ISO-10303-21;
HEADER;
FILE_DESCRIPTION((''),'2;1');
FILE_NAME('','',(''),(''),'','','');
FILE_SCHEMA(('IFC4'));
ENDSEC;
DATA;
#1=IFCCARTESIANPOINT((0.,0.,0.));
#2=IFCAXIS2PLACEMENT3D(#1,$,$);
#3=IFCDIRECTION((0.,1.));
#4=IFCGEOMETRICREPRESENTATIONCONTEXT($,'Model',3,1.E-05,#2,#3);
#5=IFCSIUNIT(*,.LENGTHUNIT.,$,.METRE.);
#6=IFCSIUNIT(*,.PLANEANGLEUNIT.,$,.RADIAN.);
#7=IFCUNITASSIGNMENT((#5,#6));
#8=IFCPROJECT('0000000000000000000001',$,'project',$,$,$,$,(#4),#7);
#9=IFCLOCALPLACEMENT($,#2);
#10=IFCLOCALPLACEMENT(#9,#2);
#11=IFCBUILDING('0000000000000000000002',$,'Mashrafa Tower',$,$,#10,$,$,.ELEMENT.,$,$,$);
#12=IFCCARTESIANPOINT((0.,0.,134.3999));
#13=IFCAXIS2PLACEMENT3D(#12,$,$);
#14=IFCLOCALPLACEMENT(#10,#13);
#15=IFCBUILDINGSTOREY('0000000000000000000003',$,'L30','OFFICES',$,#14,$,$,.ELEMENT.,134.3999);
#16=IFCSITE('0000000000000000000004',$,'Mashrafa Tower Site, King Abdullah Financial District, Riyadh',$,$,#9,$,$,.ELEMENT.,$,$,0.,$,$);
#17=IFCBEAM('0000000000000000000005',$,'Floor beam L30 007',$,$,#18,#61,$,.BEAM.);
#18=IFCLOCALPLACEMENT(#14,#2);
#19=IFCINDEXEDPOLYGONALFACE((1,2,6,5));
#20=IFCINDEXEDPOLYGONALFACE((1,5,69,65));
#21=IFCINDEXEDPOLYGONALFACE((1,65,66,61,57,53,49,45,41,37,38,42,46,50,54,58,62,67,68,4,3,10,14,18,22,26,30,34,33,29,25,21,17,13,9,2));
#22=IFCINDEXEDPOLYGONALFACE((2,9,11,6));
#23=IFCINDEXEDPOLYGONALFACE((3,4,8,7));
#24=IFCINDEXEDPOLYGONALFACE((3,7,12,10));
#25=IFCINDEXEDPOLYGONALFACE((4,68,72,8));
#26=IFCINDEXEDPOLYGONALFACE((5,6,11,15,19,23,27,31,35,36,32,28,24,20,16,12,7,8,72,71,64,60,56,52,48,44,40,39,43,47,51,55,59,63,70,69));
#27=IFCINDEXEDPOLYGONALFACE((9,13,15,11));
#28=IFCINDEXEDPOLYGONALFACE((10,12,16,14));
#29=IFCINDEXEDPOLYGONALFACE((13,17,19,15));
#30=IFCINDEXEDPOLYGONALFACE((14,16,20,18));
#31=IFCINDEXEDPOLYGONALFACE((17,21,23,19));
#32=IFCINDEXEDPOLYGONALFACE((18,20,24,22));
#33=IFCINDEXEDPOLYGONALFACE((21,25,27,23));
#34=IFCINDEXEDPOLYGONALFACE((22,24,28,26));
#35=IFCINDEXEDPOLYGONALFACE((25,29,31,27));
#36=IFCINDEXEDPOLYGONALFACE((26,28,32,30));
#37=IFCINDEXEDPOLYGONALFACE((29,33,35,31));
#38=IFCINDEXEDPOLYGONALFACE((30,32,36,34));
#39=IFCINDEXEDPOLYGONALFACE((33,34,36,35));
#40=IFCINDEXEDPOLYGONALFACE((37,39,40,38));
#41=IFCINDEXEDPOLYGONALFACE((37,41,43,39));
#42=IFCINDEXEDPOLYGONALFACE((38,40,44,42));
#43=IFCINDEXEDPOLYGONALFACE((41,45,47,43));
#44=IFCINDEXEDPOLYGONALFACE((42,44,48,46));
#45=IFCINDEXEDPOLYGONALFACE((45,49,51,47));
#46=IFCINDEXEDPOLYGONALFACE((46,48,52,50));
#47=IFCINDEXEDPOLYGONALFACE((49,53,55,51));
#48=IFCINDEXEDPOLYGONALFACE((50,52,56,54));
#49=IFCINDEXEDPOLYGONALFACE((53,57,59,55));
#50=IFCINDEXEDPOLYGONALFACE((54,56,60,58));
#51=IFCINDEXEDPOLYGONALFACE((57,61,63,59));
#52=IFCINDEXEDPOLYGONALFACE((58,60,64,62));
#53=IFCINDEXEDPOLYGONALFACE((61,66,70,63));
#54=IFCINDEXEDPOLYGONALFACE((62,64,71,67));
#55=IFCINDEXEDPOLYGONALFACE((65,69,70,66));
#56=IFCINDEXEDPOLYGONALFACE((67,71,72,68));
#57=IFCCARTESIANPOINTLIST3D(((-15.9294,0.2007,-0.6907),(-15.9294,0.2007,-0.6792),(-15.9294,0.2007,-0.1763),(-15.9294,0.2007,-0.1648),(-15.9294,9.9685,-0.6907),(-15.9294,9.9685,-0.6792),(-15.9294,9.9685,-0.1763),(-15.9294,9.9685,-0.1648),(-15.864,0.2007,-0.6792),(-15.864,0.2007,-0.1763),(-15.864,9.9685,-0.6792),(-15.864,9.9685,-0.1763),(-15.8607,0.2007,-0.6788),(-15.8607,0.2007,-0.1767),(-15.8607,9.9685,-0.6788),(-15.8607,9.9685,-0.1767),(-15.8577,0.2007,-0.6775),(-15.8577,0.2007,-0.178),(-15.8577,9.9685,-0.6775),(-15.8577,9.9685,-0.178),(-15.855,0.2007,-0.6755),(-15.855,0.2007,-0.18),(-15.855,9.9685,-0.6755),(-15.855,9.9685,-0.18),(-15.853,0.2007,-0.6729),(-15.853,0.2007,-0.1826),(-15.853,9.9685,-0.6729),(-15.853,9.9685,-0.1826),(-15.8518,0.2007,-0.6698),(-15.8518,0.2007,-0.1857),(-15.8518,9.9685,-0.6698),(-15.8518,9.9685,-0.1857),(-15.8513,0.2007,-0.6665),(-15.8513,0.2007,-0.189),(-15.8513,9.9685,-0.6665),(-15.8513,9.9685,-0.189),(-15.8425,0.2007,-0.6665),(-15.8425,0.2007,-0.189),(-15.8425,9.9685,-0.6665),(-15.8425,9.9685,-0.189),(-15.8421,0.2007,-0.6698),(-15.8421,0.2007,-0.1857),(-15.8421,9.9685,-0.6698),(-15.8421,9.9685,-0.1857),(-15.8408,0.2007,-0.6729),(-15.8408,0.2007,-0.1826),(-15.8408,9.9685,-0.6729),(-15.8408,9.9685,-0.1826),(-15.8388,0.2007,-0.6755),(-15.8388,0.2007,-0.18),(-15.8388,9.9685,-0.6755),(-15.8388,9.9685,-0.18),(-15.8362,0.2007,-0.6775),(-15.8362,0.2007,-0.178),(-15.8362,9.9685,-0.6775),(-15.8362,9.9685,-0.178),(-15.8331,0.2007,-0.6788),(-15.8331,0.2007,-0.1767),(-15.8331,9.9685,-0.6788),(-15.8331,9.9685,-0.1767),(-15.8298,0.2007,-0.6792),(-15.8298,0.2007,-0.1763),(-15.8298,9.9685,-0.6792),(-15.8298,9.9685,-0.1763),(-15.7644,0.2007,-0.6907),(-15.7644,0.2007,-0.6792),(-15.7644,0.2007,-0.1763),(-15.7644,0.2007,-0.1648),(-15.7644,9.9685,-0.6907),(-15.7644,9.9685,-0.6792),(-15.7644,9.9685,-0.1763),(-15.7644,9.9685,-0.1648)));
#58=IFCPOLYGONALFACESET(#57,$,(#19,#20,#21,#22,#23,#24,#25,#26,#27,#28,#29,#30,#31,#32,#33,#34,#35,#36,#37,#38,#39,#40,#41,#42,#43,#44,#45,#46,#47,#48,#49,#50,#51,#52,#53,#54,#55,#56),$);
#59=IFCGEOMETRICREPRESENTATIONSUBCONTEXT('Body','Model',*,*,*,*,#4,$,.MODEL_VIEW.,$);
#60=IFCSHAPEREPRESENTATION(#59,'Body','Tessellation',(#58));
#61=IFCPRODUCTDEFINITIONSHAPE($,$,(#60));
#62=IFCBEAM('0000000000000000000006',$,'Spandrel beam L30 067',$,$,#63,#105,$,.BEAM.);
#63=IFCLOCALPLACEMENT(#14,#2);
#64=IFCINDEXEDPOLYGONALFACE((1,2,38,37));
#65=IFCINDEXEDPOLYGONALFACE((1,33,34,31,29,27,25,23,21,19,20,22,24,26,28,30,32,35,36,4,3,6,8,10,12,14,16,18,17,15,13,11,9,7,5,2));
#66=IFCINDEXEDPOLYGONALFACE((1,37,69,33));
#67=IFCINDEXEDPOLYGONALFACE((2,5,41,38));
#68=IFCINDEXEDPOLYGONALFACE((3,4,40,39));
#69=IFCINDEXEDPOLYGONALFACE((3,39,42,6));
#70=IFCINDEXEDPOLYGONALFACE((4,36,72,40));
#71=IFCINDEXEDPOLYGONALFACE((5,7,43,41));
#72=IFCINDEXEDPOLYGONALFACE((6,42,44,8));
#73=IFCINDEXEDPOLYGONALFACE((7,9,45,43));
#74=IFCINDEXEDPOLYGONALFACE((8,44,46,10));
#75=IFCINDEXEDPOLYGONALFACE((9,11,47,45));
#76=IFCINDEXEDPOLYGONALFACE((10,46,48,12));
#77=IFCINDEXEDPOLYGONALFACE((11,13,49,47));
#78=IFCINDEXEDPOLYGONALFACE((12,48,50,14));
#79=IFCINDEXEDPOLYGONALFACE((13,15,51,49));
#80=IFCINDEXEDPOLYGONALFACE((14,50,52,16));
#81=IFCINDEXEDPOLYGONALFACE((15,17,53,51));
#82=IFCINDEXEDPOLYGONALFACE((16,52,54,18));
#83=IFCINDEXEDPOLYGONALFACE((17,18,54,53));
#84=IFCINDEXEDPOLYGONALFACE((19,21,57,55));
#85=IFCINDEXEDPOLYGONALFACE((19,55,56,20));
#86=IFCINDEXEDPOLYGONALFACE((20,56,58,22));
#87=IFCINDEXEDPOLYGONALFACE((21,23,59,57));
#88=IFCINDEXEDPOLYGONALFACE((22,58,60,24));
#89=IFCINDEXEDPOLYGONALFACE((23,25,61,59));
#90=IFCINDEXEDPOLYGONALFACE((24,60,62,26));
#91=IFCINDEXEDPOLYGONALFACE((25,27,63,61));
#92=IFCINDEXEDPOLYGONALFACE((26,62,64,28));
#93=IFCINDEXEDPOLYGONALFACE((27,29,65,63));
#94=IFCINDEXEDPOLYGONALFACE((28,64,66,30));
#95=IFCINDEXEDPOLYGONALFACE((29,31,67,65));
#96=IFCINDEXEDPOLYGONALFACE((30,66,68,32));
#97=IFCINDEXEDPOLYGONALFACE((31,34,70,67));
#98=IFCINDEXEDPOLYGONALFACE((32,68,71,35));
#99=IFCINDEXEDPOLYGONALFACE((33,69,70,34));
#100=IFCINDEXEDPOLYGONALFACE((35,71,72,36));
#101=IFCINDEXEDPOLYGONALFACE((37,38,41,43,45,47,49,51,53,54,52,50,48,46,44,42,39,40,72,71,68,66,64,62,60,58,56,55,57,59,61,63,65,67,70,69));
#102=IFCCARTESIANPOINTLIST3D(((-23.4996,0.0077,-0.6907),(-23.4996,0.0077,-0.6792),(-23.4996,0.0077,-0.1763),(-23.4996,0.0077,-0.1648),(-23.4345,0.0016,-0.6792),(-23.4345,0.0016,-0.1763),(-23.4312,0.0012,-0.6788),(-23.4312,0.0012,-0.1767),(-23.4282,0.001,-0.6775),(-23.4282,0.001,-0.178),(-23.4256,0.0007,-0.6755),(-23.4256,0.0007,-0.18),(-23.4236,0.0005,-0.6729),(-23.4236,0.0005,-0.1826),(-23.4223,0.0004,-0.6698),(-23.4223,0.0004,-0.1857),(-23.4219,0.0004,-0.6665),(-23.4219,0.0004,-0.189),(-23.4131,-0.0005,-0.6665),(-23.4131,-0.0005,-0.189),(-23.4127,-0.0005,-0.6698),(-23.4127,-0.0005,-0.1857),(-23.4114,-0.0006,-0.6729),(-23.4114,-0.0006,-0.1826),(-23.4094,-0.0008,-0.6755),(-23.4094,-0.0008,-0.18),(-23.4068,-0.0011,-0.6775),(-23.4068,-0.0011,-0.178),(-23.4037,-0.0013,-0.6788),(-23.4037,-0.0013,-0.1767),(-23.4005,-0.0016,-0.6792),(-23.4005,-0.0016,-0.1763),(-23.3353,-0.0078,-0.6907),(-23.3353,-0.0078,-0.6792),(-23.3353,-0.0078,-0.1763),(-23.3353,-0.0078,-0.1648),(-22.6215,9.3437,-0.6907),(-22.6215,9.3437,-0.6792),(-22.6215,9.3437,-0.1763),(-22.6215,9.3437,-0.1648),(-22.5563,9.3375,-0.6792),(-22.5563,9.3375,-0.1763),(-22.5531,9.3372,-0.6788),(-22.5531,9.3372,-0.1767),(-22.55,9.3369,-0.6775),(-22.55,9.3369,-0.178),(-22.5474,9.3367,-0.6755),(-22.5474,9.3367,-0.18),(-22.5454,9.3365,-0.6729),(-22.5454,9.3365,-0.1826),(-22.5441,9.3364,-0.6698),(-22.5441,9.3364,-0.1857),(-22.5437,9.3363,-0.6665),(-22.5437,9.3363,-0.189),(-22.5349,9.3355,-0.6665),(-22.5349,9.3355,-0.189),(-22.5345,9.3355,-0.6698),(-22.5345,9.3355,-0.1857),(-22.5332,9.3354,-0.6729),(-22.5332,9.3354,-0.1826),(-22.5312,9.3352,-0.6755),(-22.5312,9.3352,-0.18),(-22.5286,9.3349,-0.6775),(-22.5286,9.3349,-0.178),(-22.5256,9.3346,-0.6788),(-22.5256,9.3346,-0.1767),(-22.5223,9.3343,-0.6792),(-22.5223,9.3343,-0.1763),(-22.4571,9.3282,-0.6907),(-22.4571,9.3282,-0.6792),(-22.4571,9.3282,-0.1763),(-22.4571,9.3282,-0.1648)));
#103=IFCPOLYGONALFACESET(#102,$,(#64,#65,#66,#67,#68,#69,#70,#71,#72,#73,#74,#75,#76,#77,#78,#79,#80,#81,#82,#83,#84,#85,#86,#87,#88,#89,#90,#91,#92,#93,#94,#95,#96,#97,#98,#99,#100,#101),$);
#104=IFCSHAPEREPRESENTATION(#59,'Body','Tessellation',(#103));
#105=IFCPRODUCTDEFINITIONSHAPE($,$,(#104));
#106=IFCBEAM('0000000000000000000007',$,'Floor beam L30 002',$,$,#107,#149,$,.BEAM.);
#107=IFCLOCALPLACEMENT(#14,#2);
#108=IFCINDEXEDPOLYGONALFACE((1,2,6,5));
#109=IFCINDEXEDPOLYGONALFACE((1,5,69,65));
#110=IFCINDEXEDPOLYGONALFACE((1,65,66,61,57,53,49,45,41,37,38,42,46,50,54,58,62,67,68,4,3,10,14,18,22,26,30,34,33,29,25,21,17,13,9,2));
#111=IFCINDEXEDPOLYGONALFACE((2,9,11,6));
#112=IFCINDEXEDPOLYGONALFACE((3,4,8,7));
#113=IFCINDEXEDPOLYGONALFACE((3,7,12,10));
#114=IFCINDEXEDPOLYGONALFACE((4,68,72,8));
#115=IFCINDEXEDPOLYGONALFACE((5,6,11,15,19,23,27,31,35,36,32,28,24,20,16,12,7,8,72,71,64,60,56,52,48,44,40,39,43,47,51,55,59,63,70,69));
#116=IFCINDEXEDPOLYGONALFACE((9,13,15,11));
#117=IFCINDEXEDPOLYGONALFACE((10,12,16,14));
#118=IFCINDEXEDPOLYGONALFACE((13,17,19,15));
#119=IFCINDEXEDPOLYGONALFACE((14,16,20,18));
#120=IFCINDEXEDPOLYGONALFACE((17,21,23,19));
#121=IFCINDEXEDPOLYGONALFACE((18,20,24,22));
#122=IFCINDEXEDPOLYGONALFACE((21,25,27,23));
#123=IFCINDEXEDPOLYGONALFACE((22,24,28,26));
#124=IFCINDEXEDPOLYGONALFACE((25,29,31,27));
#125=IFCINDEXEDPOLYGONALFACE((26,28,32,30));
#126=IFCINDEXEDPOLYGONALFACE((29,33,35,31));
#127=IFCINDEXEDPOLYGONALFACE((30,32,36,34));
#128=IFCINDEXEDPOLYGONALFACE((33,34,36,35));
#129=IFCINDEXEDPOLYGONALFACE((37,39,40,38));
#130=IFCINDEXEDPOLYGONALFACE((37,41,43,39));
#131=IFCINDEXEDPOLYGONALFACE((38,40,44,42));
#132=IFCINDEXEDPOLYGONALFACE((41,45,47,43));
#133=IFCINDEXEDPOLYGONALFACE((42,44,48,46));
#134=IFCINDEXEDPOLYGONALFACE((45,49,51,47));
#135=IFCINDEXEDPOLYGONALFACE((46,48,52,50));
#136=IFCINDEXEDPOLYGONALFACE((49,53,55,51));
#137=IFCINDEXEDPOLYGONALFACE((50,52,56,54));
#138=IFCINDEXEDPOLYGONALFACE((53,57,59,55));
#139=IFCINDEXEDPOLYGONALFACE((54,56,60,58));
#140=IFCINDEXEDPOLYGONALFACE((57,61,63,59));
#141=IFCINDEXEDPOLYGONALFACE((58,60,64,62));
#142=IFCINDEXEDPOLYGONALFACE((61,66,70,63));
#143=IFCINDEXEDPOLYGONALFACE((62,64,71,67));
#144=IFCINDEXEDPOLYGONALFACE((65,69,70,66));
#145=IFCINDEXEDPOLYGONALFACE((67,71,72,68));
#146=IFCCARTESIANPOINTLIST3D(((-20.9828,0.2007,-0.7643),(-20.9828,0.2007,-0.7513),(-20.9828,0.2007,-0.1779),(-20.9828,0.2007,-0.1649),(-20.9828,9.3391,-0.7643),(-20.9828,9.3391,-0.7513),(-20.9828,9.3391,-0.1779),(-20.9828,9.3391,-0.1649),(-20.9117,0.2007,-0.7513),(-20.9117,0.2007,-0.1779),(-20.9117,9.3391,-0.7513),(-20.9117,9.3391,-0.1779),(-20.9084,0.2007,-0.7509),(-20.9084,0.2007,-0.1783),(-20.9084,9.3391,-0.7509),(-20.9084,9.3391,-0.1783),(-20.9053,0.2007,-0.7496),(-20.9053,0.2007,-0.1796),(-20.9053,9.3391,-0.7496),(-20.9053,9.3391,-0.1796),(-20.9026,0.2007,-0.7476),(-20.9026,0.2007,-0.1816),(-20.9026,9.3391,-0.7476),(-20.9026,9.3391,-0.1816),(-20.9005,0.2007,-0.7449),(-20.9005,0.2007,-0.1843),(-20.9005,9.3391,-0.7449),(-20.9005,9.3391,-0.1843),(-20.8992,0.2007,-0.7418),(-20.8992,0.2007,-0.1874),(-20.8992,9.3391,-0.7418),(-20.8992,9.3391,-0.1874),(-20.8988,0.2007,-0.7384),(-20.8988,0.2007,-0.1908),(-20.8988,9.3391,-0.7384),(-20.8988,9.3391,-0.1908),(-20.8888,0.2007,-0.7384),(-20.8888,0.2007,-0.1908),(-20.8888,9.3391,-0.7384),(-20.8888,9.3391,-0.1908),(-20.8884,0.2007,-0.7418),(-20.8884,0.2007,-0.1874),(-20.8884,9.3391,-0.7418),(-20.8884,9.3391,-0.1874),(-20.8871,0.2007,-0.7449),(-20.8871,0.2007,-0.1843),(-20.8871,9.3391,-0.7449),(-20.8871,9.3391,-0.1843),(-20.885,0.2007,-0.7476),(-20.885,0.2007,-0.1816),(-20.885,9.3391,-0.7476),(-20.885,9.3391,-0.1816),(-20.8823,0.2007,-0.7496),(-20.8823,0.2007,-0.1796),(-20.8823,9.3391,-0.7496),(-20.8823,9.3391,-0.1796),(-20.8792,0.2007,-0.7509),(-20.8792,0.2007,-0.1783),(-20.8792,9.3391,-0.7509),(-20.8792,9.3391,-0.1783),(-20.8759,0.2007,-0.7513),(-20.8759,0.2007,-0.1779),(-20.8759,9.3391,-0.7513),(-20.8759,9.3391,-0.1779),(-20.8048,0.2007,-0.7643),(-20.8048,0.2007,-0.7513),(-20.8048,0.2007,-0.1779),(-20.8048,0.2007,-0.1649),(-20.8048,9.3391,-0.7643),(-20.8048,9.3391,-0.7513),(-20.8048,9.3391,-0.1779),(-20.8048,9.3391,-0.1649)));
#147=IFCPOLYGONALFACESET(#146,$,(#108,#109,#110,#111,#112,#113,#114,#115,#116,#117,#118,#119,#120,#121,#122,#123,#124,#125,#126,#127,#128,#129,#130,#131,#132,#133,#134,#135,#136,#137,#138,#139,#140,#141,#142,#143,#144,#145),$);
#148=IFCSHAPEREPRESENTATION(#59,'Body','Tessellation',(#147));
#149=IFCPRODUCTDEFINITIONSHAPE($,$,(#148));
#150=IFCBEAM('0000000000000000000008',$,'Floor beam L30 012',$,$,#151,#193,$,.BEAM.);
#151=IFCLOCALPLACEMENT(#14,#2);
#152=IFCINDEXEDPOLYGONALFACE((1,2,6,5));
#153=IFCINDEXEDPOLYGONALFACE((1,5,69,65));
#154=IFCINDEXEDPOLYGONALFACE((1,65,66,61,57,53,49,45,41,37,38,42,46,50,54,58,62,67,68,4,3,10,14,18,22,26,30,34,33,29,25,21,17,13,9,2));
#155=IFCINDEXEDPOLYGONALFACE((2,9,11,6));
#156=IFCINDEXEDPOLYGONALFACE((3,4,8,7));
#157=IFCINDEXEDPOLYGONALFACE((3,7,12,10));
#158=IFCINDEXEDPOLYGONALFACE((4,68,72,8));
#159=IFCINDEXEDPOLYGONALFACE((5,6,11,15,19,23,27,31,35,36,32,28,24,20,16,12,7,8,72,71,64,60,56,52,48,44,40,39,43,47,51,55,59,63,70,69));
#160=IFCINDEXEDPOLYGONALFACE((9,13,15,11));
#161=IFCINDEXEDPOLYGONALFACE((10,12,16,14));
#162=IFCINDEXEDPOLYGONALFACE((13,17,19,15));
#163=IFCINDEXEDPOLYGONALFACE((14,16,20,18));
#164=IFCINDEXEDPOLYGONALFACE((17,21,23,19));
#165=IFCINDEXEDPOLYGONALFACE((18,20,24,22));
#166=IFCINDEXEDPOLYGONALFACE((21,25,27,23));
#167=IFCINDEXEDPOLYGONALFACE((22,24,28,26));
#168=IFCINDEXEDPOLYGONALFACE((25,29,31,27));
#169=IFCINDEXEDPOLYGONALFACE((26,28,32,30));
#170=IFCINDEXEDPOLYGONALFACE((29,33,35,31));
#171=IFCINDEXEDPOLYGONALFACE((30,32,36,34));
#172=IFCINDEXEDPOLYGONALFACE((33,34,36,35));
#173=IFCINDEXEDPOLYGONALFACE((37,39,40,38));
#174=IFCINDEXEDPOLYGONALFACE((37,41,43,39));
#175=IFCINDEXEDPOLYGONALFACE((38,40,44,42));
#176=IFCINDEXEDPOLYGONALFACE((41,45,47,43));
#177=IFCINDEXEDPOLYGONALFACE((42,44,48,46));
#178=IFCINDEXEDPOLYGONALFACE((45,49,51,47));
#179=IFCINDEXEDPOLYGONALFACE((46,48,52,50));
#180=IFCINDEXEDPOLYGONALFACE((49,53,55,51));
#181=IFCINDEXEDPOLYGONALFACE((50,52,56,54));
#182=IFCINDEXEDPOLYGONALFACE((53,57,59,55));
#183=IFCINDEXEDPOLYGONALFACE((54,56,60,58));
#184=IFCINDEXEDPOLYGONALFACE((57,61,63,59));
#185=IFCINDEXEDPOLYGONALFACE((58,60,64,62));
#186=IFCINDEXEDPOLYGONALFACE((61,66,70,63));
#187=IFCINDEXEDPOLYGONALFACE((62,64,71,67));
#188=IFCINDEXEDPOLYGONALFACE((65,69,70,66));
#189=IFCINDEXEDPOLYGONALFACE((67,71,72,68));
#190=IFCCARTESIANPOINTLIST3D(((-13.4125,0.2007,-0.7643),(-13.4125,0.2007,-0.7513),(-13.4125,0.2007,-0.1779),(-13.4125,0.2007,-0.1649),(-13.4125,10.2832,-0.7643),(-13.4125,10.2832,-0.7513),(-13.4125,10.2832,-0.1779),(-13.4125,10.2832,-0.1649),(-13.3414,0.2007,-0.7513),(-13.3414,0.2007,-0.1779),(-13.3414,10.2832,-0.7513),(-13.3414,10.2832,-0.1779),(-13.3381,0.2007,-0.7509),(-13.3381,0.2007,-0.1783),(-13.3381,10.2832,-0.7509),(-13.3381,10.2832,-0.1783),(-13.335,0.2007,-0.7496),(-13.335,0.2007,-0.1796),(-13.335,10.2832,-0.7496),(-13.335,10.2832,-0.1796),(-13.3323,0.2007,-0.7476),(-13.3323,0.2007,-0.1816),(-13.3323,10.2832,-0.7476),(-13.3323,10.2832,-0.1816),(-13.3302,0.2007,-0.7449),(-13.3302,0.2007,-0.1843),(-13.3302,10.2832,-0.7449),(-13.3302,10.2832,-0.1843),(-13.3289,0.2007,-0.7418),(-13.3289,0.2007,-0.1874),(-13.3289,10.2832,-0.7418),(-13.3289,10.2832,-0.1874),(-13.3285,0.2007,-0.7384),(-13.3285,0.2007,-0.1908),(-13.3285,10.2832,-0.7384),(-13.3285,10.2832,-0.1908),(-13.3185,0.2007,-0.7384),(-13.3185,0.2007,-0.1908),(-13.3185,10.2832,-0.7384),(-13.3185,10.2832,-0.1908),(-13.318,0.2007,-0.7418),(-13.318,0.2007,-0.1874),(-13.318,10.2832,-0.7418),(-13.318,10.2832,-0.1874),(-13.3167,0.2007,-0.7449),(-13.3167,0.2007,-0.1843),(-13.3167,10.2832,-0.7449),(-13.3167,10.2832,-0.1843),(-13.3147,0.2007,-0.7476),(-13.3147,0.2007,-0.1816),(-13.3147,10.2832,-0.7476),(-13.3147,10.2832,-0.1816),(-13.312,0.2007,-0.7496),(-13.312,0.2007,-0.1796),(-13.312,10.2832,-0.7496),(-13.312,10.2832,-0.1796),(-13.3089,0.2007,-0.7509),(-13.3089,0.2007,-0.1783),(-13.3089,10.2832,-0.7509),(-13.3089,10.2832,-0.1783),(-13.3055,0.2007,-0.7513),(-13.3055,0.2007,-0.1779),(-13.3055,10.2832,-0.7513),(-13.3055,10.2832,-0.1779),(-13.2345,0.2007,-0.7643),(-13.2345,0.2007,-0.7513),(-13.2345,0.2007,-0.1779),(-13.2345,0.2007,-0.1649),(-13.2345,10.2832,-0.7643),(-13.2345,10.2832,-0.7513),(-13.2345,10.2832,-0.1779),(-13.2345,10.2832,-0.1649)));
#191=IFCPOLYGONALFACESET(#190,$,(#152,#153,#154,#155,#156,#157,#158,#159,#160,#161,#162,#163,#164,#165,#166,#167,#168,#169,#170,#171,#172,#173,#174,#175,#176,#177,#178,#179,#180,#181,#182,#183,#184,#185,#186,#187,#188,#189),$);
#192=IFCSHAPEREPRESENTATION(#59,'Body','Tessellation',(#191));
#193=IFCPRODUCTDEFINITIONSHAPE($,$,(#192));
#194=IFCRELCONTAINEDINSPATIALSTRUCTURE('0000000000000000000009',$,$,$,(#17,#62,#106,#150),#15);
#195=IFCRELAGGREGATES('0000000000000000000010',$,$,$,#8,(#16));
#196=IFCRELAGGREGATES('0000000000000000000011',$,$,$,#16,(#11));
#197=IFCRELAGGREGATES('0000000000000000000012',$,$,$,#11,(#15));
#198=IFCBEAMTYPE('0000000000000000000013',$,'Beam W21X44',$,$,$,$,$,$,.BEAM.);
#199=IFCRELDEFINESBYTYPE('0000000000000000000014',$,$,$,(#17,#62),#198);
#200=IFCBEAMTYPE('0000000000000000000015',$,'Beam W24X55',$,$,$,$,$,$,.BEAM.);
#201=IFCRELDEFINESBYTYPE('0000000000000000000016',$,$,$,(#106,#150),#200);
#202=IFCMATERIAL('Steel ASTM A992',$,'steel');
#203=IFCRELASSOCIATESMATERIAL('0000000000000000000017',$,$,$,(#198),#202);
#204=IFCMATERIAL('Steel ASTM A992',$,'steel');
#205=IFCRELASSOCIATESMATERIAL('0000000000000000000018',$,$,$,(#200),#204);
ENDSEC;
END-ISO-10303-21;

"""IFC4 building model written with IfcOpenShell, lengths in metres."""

from ifc_helpers import new_model, si_unit, direction, frame, origin, origin_2d, place, context, subcontext, project, spatial, i_section, extrude, material, material_profile, profile_set, type_object, element, save


model = new_model("IFC4")

# Units and contexts
model_context = context("Model", 3, precision=1e-05, world=origin(), true_north=direction((0.0, 1.0)))
body_context = subcontext(model_context, "Body", "Model", "MODEL_VIEW")
ifc_project = project(units=[si_unit("LENGTHUNIT", "METRE"), si_unit("PLANEANGLEUNIT", "RADIAN")], contexts=[model_context])

# Site, building, storey
site_placement = place(None, origin())
site = spatial("IfcSite", under=ifc_project, at=site_placement, Name="Mashrafa Tower Site, King Abdullah Financial District, Riyadh", CompositionType="ELEMENT", RefElevation=0.0)
building_placement = place(site_placement, origin())
building = spatial("IfcBuilding", under=site, at=building_placement, Name="Mashrafa Tower", CompositionType="ELEMENT")
storey_placement = place(building_placement, frame((0.0, 0.0, 134.3999)))
storey = spatial("IfcBuildingStorey", under=building, at=storey_placement, Name="L30", Description="OFFICES", CompositionType="ELEMENT", Elevation=134.3999)

# Beams
ifc_material_1 = material(Name="Steel ASTM A992", Category="steel")
ifc_material_profile_1 = material_profile(ifc_material_1, i_section(OverallWidth=0.165, OverallDepth=0.5259, WebThickness=0.0088, FlangeThickness=0.0115, FilletRadius=0.0127, at=origin_2d()), Name="W21X44")
ifc_profile_set_1 = profile_set([ifc_material_profile_1], Name="Steel ASTM A992")
beam_type_1 = type_object("IfcBeamType", Name="Beam W21X44", PredefinedType="BEAM", material=ifc_profile_set_1)
beam_1_placement = place(storey_placement, frame((-15.8469, 0.2007, -0.4277), z_axis=(0.0, 1.0, 0.0), x_axis=(-1.0, 0.0, 0.0)))
element("IfcBeam", 1, at=beam_1_placement, inside=storey, type_object=beam_type_1, Name="Floor beam L30 007", PredefinedType="BEAM", context=body_context, shape_type="SweptSolid", body=[
    extrude(i_section(OverallWidth=0.165, OverallDepth=0.5259, WebThickness=0.0088, FlangeThickness=0.0115, FilletRadius=0.0127, at=origin_2d()), origin(), (0.0, 0.0, 1.0), 9.7678),
])
beam_2_placement = place(storey_placement, frame((-22.5393, 9.3359, -0.4277), z_axis=(-0.09365, -0.995605, 0.0), x_axis=(0.995605, -0.09365, 0.0)))
element("IfcBeam", 2, at=beam_2_placement, inside=storey, type_object=beam_type_1, Name="Spandrel beam L30 067", PredefinedType="BEAM", context=body_context, shape_type="SweptSolid", body=[
    extrude(i_section(OverallWidth=0.165, OverallDepth=0.5259, WebThickness=0.0088, FlangeThickness=0.0115, FilletRadius=0.0127, at=origin_2d()), origin(), (0.0, 0.0, 1.0), 9.3772),
])
ifc_material_2 = material(Name="Steel ASTM A992", Category="steel")
ifc_material_profile_2 = material_profile(ifc_material_2, i_section(OverallWidth=0.178, OverallDepth=0.5994, WebThickness=0.01, FlangeThickness=0.0129, FilletRadius=0.0129, at=origin_2d()), Name="W24X55")
ifc_profile_set_2 = profile_set([ifc_material_profile_2], Name="Steel ASTM A992")
beam_type_2 = type_object("IfcBeamType", Name="Beam W24X55", PredefinedType="BEAM", material=ifc_profile_set_2)
beam_3_placement = place(storey_placement, frame((-20.8938, 0.2007, -0.4646), z_axis=(0.0, 1.0, 0.0), x_axis=(-1.0, 0.0, 0.0)))
element("IfcBeam", 3, at=beam_3_placement, inside=storey, type_object=beam_type_2, Name="Floor beam L30 002", PredefinedType="BEAM", context=body_context, shape_type="SweptSolid", body=[
    extrude(i_section(OverallWidth=0.178, OverallDepth=0.5994, WebThickness=0.01, FlangeThickness=0.0129, FilletRadius=0.0129, at=origin_2d()), origin(), (0.0, 0.0, 1.0), 9.1384),
])
beam_4_placement = place(storey_placement, frame((-13.3235, 0.2007, -0.4646), z_axis=(0.0, 1.0, 0.0), x_axis=(-1.0, 0.0, 0.0)))
element("IfcBeam", 4, at=beam_4_placement, inside=storey, type_object=beam_type_2, Name="Floor beam L30 012", PredefinedType="BEAM", context=body_context, shape_type="SweptSolid", body=[
    extrude(i_section(OverallWidth=0.178, OverallDepth=0.5994, WebThickness=0.01, FlangeThickness=0.0129, FilletRadius=0.0129, at=origin_2d()), origin(), (0.0, 0.0, 1.0), 10.0825),
])

save(model, "model.ifc")
